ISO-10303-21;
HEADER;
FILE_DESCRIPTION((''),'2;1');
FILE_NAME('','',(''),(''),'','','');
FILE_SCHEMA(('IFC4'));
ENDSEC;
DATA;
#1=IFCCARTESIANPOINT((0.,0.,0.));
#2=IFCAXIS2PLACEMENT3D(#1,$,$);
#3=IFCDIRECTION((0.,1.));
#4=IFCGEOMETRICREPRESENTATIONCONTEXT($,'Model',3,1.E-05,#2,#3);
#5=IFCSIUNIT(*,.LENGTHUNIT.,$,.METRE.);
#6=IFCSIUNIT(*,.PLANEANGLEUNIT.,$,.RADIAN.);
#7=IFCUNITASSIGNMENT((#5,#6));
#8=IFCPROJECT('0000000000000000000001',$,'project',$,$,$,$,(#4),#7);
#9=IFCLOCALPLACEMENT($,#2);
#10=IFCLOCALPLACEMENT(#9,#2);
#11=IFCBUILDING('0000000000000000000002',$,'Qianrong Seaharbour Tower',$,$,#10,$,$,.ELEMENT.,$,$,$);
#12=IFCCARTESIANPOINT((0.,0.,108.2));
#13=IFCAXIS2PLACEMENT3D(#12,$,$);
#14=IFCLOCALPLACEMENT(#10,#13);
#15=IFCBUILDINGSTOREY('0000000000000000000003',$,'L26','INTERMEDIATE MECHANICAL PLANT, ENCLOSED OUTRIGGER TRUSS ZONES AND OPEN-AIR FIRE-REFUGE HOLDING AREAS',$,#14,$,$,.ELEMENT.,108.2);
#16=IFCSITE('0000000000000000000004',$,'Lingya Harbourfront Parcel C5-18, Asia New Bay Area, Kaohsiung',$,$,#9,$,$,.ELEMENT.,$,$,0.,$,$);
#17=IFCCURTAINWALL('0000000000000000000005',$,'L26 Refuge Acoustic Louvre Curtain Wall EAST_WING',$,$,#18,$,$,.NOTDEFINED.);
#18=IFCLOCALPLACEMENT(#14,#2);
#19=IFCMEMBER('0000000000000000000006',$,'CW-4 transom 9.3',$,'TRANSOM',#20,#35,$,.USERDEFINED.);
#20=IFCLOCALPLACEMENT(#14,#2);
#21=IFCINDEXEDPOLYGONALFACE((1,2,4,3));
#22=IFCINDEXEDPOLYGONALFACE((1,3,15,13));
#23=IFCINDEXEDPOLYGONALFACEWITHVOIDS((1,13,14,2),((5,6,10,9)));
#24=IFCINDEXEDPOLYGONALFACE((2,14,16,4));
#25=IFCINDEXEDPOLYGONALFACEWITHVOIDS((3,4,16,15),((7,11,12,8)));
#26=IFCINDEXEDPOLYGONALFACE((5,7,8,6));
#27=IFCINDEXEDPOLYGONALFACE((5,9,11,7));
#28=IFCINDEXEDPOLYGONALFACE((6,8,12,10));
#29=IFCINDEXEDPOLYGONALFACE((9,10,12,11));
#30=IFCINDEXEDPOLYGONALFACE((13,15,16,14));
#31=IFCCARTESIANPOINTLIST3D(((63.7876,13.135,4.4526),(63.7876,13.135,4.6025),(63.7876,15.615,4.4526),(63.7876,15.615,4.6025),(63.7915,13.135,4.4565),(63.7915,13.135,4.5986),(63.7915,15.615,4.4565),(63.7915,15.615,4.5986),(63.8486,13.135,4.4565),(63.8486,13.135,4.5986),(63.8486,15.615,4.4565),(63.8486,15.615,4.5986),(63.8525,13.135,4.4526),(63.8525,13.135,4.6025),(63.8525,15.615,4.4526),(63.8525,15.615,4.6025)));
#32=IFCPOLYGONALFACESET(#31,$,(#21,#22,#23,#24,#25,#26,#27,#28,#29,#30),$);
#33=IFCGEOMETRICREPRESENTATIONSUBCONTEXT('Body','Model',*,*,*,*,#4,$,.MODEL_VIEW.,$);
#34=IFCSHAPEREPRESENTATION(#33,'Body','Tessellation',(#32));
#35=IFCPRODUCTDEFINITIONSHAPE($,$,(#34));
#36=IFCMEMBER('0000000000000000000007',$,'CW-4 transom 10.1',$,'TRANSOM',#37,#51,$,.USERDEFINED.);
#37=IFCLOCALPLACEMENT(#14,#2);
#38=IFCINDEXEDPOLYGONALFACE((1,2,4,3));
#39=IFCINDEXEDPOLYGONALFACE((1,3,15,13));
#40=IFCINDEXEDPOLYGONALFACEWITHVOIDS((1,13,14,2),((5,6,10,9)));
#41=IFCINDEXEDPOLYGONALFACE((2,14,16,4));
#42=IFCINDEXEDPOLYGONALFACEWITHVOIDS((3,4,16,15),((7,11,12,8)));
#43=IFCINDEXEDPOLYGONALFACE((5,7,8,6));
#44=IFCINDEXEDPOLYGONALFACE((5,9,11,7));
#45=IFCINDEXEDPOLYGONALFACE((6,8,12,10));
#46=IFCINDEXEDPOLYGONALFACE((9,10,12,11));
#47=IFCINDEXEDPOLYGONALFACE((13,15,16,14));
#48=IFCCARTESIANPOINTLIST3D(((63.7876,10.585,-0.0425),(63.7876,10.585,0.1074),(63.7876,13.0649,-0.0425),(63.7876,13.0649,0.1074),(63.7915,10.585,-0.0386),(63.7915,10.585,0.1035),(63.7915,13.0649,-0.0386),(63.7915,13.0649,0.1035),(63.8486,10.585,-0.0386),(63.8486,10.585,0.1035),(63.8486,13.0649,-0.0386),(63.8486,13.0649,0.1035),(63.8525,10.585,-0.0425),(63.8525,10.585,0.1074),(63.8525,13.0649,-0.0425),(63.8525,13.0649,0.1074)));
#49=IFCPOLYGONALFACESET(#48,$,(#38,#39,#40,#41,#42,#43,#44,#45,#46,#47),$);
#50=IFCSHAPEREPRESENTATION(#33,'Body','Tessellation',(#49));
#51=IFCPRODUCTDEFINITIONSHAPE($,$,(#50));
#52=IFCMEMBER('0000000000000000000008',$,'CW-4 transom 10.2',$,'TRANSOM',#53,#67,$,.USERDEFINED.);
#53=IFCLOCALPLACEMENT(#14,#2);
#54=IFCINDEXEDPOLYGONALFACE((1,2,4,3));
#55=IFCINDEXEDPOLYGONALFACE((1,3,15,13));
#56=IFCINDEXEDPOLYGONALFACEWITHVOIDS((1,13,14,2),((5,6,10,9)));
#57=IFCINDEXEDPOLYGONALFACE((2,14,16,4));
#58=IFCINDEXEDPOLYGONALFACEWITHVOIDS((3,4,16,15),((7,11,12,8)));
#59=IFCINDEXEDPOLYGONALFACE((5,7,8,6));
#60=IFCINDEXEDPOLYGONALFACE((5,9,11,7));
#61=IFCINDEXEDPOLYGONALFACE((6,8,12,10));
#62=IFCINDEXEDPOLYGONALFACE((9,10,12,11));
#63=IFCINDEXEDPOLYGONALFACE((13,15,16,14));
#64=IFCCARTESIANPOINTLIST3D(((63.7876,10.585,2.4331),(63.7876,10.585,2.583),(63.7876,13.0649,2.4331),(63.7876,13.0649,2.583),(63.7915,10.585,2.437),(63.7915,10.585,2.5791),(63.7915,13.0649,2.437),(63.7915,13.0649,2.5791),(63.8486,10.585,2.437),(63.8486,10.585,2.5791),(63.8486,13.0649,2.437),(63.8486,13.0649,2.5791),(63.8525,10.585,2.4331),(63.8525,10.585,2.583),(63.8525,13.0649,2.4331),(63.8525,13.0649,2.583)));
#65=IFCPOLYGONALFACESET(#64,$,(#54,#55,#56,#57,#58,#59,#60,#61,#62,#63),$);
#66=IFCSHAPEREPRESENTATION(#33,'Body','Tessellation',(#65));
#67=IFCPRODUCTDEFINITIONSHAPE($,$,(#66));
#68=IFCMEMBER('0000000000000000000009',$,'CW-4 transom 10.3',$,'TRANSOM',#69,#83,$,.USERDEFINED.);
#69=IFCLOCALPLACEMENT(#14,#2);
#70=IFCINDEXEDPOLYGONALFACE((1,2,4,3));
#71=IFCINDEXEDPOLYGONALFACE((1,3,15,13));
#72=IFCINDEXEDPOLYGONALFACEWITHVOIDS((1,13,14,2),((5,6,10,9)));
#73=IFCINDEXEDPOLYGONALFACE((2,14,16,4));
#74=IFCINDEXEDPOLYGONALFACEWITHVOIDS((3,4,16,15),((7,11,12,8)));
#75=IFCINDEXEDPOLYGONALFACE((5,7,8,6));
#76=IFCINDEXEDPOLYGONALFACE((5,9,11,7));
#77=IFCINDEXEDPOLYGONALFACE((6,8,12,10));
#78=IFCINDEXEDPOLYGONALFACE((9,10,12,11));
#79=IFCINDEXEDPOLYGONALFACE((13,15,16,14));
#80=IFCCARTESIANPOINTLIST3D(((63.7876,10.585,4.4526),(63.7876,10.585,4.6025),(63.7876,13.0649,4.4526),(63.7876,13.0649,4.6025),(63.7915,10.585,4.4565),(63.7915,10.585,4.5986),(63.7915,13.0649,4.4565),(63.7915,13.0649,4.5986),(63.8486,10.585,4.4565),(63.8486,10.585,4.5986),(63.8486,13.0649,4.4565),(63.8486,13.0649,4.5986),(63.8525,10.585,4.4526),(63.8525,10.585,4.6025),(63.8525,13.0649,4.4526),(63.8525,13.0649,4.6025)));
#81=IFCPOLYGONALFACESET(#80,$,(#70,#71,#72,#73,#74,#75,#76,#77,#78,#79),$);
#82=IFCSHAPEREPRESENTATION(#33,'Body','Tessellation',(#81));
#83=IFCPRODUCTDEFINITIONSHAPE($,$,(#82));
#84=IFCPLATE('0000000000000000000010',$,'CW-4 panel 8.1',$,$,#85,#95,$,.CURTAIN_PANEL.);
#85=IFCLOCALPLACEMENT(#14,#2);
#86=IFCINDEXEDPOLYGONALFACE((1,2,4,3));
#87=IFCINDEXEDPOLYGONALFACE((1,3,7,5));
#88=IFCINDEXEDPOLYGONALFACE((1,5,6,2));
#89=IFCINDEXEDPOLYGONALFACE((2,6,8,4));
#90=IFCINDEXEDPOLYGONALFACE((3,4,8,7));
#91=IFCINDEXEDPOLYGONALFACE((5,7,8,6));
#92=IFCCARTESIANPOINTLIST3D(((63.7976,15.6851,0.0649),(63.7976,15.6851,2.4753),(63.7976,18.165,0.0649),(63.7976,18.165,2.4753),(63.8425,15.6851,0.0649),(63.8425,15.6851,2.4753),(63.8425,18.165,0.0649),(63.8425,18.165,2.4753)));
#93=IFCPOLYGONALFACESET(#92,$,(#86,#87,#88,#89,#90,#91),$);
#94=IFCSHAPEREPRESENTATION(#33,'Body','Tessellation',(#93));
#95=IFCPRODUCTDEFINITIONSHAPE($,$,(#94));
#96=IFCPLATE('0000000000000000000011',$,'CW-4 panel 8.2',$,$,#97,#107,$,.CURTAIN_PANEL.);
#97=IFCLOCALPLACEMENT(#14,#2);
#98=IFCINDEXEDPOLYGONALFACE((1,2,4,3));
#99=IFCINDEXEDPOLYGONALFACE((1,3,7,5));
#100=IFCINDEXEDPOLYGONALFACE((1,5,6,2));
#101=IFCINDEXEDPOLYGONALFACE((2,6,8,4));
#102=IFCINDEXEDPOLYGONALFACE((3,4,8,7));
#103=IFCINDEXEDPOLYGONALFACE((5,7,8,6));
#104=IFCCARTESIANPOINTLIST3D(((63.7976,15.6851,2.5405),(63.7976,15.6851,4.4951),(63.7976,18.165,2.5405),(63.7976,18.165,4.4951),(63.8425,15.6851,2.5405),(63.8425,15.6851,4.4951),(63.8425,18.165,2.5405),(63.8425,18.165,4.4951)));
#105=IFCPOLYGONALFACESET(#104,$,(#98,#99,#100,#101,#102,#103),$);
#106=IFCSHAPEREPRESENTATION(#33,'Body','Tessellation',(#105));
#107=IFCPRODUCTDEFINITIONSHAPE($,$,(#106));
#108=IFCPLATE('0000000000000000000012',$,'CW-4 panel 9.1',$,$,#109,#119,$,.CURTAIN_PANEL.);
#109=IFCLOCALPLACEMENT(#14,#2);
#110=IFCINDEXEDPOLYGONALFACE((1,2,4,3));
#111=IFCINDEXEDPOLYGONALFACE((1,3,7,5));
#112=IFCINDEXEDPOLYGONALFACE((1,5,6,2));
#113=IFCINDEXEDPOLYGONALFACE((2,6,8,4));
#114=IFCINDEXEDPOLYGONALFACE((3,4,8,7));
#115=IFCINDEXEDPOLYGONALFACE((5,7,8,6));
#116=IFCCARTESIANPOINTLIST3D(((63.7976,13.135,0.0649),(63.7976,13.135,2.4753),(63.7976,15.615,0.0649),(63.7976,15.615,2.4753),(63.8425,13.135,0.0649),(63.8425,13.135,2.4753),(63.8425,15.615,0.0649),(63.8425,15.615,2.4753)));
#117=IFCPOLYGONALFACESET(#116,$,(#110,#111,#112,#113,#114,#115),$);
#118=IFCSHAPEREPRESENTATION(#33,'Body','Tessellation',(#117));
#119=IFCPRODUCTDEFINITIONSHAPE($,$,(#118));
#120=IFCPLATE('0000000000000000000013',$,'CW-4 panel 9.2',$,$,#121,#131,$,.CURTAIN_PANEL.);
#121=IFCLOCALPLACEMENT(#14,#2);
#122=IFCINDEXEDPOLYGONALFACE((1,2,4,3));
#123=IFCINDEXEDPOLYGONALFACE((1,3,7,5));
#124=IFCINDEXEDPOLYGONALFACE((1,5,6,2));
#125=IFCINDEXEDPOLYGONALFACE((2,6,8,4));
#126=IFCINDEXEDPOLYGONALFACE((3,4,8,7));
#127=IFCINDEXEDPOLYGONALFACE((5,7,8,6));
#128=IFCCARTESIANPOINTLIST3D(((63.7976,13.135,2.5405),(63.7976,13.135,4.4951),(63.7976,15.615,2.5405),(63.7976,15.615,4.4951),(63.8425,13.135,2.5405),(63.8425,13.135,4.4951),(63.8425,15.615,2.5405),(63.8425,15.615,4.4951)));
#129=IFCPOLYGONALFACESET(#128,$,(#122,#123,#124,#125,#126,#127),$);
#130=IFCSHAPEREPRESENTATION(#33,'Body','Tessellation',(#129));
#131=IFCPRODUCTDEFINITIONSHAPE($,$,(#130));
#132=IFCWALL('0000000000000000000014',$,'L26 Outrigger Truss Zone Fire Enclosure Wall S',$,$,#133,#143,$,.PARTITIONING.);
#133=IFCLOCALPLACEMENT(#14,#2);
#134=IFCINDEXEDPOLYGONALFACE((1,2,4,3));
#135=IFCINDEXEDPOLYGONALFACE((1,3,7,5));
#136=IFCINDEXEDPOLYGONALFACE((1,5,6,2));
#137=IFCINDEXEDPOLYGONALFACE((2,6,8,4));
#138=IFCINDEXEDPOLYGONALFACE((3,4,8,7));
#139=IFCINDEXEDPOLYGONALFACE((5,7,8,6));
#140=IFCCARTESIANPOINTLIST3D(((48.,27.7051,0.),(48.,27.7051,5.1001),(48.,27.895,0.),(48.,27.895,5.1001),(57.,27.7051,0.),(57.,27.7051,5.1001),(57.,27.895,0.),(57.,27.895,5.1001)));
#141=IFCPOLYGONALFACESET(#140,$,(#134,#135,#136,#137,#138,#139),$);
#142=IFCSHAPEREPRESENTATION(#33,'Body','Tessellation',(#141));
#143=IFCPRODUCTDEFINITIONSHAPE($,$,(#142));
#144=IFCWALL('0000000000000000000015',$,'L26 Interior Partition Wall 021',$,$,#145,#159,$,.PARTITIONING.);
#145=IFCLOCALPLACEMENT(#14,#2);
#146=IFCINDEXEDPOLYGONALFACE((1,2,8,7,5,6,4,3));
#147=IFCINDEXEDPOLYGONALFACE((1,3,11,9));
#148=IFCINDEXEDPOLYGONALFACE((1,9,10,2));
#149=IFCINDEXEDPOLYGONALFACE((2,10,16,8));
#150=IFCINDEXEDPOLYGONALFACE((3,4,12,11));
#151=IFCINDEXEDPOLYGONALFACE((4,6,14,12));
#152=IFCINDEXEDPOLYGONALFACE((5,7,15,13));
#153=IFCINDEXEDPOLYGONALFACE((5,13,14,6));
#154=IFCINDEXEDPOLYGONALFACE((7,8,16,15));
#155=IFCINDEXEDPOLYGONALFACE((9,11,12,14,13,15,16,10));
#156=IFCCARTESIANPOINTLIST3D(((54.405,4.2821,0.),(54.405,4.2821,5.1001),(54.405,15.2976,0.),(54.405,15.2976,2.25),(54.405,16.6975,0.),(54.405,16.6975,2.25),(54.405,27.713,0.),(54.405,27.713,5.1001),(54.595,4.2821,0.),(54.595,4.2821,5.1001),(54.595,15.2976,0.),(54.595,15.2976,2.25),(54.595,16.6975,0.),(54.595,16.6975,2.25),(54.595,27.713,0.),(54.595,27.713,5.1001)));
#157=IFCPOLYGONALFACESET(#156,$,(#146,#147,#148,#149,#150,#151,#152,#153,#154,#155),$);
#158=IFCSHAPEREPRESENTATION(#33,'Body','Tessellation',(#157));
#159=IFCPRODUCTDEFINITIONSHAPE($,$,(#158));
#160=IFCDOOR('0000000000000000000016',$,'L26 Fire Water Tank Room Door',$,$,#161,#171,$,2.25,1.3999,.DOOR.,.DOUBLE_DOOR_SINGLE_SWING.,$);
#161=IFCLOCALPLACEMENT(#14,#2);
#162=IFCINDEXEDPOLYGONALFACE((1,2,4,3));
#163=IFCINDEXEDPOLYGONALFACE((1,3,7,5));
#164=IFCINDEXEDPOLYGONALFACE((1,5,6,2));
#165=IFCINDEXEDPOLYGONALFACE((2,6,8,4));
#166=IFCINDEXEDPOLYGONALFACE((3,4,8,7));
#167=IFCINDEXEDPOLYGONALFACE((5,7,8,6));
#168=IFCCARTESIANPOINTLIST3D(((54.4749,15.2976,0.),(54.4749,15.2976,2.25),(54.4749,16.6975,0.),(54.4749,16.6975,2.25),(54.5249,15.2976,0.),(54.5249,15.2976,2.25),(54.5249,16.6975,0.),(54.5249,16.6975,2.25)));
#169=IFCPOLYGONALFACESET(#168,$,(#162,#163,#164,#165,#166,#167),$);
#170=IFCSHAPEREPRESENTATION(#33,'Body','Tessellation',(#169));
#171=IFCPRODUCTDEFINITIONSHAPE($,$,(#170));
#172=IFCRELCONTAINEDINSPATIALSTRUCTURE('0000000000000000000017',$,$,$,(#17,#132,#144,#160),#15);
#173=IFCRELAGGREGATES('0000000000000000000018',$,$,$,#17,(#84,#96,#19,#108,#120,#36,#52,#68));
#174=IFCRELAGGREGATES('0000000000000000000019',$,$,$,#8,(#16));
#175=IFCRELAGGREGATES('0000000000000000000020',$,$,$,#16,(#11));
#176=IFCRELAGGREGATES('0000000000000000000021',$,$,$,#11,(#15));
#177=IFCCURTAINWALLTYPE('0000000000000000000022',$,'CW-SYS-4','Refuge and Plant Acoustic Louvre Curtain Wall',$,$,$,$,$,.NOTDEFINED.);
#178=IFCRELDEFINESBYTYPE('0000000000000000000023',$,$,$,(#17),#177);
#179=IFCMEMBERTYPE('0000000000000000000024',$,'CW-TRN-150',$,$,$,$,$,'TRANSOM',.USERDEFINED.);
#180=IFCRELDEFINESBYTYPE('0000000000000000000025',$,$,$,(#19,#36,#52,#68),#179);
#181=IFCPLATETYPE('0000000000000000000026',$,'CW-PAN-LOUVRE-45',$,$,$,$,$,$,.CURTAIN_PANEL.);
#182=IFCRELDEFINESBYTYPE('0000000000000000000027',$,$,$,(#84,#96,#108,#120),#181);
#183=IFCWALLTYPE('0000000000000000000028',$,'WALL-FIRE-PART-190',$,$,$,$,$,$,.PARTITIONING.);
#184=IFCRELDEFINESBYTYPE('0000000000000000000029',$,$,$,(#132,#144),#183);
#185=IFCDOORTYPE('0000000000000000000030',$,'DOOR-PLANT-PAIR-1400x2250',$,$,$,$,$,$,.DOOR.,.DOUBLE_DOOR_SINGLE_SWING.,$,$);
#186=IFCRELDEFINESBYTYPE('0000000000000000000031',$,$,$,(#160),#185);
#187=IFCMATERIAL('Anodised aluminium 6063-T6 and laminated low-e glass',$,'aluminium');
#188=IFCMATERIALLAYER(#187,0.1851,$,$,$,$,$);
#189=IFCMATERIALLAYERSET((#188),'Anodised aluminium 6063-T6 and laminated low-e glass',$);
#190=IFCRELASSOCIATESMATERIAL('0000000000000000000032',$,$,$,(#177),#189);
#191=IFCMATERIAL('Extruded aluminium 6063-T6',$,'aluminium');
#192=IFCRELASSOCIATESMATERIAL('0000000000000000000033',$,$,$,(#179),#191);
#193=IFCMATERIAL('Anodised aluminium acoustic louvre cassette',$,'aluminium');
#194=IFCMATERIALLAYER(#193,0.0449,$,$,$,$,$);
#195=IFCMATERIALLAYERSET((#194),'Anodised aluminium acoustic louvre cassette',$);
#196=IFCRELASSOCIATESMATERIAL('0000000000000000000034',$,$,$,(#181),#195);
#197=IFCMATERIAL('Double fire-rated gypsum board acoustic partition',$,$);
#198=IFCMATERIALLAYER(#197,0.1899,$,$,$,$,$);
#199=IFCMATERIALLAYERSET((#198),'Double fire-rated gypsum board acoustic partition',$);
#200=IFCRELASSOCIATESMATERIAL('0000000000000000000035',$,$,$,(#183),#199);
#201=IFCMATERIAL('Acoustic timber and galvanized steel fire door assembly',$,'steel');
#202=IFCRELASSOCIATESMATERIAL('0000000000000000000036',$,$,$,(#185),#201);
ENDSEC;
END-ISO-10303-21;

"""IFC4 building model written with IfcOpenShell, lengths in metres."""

from ifc_helpers import new_model, si_unit, direction, frame, frame_2d, origin, origin_2d, place, context, subcontext, project, spatial, rectangle, hollow_rectangle, extrude, material, layer, layer_set, material_profile, profile_set, type_object, element, fill, aggregate, save


model = new_model("IFC4")

# Units and contexts
model_context = context("Model", 3, precision=1e-05, world=origin(), true_north=direction((0.0, 1.0)))
body_context = subcontext(model_context, "Body", "Model", "MODEL_VIEW")
ifc_project = project(units=[si_unit("LENGTHUNIT", "METRE"), si_unit("PLANEANGLEUNIT", "RADIAN")], contexts=[model_context])

# Site, building, storey
site_placement = place(None, origin())
site = spatial("IfcSite", under=ifc_project, at=site_placement, Name="Lingya Harbourfront Parcel C5-18, Asia New Bay Area, Kaohsiung", CompositionType="ELEMENT", RefElevation=0.0)
building_placement = place(site_placement, origin())
building = spatial("IfcBuilding", under=site, at=building_placement, Name="Qianrong Seaharbour Tower", CompositionType="ELEMENT")
storey_placement = place(building_placement, frame((0.0, 0.0, 108.2)))
storey = spatial("IfcBuildingStorey", under=building, at=storey_placement, Name="L26", Description="INTERMEDIATE MECHANICAL PLANT, ENCLOSED OUTRIGGER TRUSS ZONES AND OPEN-AIR FIRE-REFUGE HOLDING AREAS", CompositionType="ELEMENT", Elevation=108.2)

# Curtain wall, members, plates
ifc_material_1 = material(Name="Anodised aluminium 6063-T6 and laminated low-e glass", Category="aluminium")
ifc_layer_1 = layer(ifc_material_1, 0.1851)
ifc_layer_set_1 = layer_set([ifc_layer_1], Name="Anodised aluminium 6063-T6 and laminated low-e glass")
curtain_wall_type = type_object("IfcCurtainWallType", Name="CW-SYS-4", Description="Refuge and Plant Acoustic Louvre Curtain Wall", PredefinedType="NOTDEFINED", material=ifc_layer_set_1)
curtain_wall_placement = place(storey_placement, origin())
curtain_wall = element("IfcCurtainWall", 1, at=curtain_wall_placement, inside=storey, type_object=curtain_wall_type, Name="L26 Refuge Acoustic Louvre Curtain Wall EAST_WING", PredefinedType="NOTDEFINED")
ifc_material_2 = material(Name="Extruded aluminium 6063-T6", Category="aluminium")
ifc_material_profile_1 = material_profile(ifc_material_2, hollow_rectangle(XDim=0.0649, YDim=0.1499, WallThickness=0.0039, at=origin_2d()), Name="ALU-TRN-150x65x4")
ifc_profile_set_1 = profile_set([ifc_material_profile_1], Name="Extruded aluminium 6063-T6")
member_type_1 = type_object("IfcMemberType", Name="CW-TRN-150", ElementType="TRANSOM", PredefinedType="USERDEFINED", material=ifc_profile_set_1)
member_1_placement = place(storey_placement, frame((63.8201, 15.615, 4.5276), z_axis=(0.0, -1.0, 0.0), x_axis=(1.0, 0.0, 0.0)))
member_1 = element("IfcMember", 2, at=member_1_placement, type_object=member_type_1, Name="CW-4 transom 9.3", ObjectType="TRANSOM", PredefinedType="USERDEFINED", context=body_context, shape_type="SweptSolid", body=[
    extrude(hollow_rectangle(XDim=0.0649, YDim=0.1499, WallThickness=0.0039, at=origin_2d()), origin(), (0.0, 0.0, 1.0), 2.48),
])
member_2_placement = place(storey_placement, frame((63.8201, 13.0649, 0.0325), z_axis=(0.0, -1.0, 0.0), x_axis=(1.0, 0.0, 0.0)))
member_2 = element("IfcMember", 3, at=member_2_placement, type_object=member_type_1, Name="CW-4 transom 10.1", ObjectType="TRANSOM", PredefinedType="USERDEFINED", context=body_context, shape_type="SweptSolid", body=[
    extrude(hollow_rectangle(XDim=0.0649, YDim=0.1499, WallThickness=0.0039, at=origin_2d()), origin(), (0.0, 0.0, 1.0), 2.48),
])
member_3_placement = place(storey_placement, frame((63.8201, 13.0649, 2.5081), z_axis=(0.0, -1.0, 0.0), x_axis=(1.0, 0.0, 0.0)))
member_3 = element("IfcMember", 4, at=member_3_placement, type_object=member_type_1, Name="CW-4 transom 10.2", ObjectType="TRANSOM", PredefinedType="USERDEFINED", context=body_context, shape_type="SweptSolid", body=[
    extrude(hollow_rectangle(XDim=0.0649, YDim=0.1499, WallThickness=0.0039, at=origin_2d()), origin(), (0.0, 0.0, 1.0), 2.48),
])
member_4_placement = place(storey_placement, frame((63.8201, 13.0649, 4.5276), z_axis=(0.0, -1.0, 0.0), x_axis=(1.0, 0.0, 0.0)))
member_4 = element("IfcMember", 5, at=member_4_placement, type_object=member_type_1, Name="CW-4 transom 10.3", ObjectType="TRANSOM", PredefinedType="USERDEFINED", context=body_context, shape_type="SweptSolid", body=[
    extrude(hollow_rectangle(XDim=0.0649, YDim=0.1499, WallThickness=0.0039, at=origin_2d()), origin(), (0.0, 0.0, 1.0), 2.48),
])
ifc_material_3 = material(Name="Anodised aluminium acoustic louvre cassette", Category="aluminium")
ifc_layer_2 = layer(ifc_material_3, 0.0449)
ifc_layer_set_2 = layer_set([ifc_layer_2], Name="Anodised aluminium acoustic louvre cassette")
plate_type = type_object("IfcPlateType", Name="CW-PAN-LOUVRE-45", PredefinedType="CURTAIN_PANEL", material=ifc_layer_set_2)
plate_1_placement = place(storey_placement, frame((63.8201, 16.925, 0.0649), z_axis=(0.0, 0.0, 1.0), x_axis=(0.0, -1.0, 0.0)))
plate_1 = element("IfcPlate", 6, at=plate_1_placement, type_object=plate_type, Name="CW-4 panel 8.1", PredefinedType="CURTAIN_PANEL", context=body_context, shape_type="SweptSolid", body=[
    extrude(rectangle(XDim=2.48, YDim=0.0449, at=origin_2d()), origin(), (0.0, 0.0, 1.0), 2.4104),
])
plate_2_placement = place(storey_placement, frame((63.8201, 16.925, 2.5405), z_axis=(0.0, 0.0, 1.0), x_axis=(0.0, -1.0, 0.0)))
plate_2 = element("IfcPlate", 7, at=plate_2_placement, type_object=plate_type, Name="CW-4 panel 8.2", PredefinedType="CURTAIN_PANEL", context=body_context, shape_type="SweptSolid", body=[
    extrude(rectangle(XDim=2.48, YDim=0.0449, at=origin_2d()), origin(), (0.0, 0.0, 1.0), 1.9546),
])
plate_3_placement = place(storey_placement, frame((63.8201, 14.375, 0.0649), z_axis=(0.0, 0.0, 1.0), x_axis=(0.0, -1.0, 0.0)))
plate_3 = element("IfcPlate", 8, at=plate_3_placement, type_object=plate_type, Name="CW-4 panel 9.1", PredefinedType="CURTAIN_PANEL", context=body_context, shape_type="SweptSolid", body=[
    extrude(rectangle(XDim=2.48, YDim=0.0449, at=origin_2d()), origin(), (0.0, 0.0, 1.0), 2.4104),
])
plate_4_placement = place(storey_placement, frame((63.8201, 14.375, 2.5405), z_axis=(0.0, 0.0, 1.0), x_axis=(0.0, -1.0, 0.0)))
plate_4 = element("IfcPlate", 9, at=plate_4_placement, type_object=plate_type, Name="CW-4 panel 9.2", PredefinedType="CURTAIN_PANEL", context=body_context, shape_type="SweptSolid", body=[
    extrude(rectangle(XDim=2.48, YDim=0.0449, at=origin_2d()), origin(), (0.0, 0.0, 1.0), 1.9546),
])
aggregate(curtain_wall, [plate_1, plate_2, member_1, plate_3, plate_4, member_2, member_3, member_4])

# Wall
ifc_material_4 = material(Name="Double fire-rated gypsum board acoustic partition")
ifc_layer_3 = layer(ifc_material_4, 0.1899)
ifc_layer_set_3 = layer_set([ifc_layer_3], Name="Double fire-rated gypsum board acoustic partition")
wall_type = type_object("IfcWallType", Name="WALL-FIRE-PART-190", PredefinedType="PARTITIONING", material=ifc_layer_set_3)
wall_1_placement = place(storey_placement, frame((57.0, 27.8, 0.0), z_axis=(0.0, 0.0, 1.0), x_axis=(-1.0, 0.0, 0.0)))
element("IfcWall", 10, at=wall_1_placement, inside=storey, type_object=wall_type, Name="L26 Outrigger Truss Zone Fire Enclosure Wall S", PredefinedType="PARTITIONING", context=body_context, shape_type="SweptSolid", body=[
    extrude(rectangle(XDim=9.0, YDim=0.1899, at=frame_2d((4.5, 0.0))), origin(), (0.0, 0.0, 1.0), 5.1001),
])

# Wall, opening, door
wall_2_placement = place(storey_placement, frame((54.5, 27.7129, 0.0), z_axis=(0.0, 0.0, 1.0), x_axis=(0.0, -1.0, 0.0)))
wall_2 = element("IfcWall", 11, at=wall_2_placement, inside=storey, type_object=wall_type, Name="L26 Interior Partition Wall 021", PredefinedType="PARTITIONING", context=body_context, shape_type="SweptSolid", body=[
    extrude(rectangle(XDim=23.4309, YDim=0.1899, at=frame_2d((11.7153, 0.0))), origin(), (0.0, 0.0, 1.0), 5.1001),
])
opening_1_placement = place(wall_2_placement, frame((11.0154, 0.0, 0.0)))
opening_1 = element("IfcOpeningElement", 12, at=opening_1_placement, cuts=wall_2, PredefinedType="OPENING", context=body_context, shape_type="SweptSolid", body=[
    extrude(rectangle(XDim=1.3999, YDim=2.25, at=frame_2d((0.7, 1.125))), frame((0.0, 0.105, 0.0), z_axis=(0.0, -1.0, 0.0), x_axis=(1.0, 0.0, 0.0)), (0.0, 0.0, 1.0), 0.21),
])
ifc_material_5 = material(Name="Acoustic timber and galvanized steel fire door assembly", Category="steel")
door_type = type_object("IfcDoorType", Name="DOOR-PLANT-PAIR-1400x2250", OperationType="DOUBLE_DOOR_SINGLE_SWING", PredefinedType="DOOR", material=ifc_material_5)
door_1_placement = place(opening_1_placement, origin())
door_1 = element("IfcDoor", 13, at=door_1_placement, inside=storey, type_object=door_type, Name="L26 Fire Water Tank Room Door", OperationType="DOUBLE_DOOR_SINGLE_SWING", OverallHeight=2.25, OverallWidth=1.3999, PredefinedType="DOOR", context=body_context, shape_type="SweptSolid", body=[
    extrude(rectangle(XDim=1.3999, YDim=2.25, at=frame_2d((0.7, 1.125))), frame((0.0, 0.0249, 0.0), z_axis=(0.0, -1.0, 0.0), x_axis=(1.0, 0.0, 0.0)), (0.0, 0.0, 1.0), 0.05),
])
fill(opening_1, door_1)

save(model, "model.ifc")
